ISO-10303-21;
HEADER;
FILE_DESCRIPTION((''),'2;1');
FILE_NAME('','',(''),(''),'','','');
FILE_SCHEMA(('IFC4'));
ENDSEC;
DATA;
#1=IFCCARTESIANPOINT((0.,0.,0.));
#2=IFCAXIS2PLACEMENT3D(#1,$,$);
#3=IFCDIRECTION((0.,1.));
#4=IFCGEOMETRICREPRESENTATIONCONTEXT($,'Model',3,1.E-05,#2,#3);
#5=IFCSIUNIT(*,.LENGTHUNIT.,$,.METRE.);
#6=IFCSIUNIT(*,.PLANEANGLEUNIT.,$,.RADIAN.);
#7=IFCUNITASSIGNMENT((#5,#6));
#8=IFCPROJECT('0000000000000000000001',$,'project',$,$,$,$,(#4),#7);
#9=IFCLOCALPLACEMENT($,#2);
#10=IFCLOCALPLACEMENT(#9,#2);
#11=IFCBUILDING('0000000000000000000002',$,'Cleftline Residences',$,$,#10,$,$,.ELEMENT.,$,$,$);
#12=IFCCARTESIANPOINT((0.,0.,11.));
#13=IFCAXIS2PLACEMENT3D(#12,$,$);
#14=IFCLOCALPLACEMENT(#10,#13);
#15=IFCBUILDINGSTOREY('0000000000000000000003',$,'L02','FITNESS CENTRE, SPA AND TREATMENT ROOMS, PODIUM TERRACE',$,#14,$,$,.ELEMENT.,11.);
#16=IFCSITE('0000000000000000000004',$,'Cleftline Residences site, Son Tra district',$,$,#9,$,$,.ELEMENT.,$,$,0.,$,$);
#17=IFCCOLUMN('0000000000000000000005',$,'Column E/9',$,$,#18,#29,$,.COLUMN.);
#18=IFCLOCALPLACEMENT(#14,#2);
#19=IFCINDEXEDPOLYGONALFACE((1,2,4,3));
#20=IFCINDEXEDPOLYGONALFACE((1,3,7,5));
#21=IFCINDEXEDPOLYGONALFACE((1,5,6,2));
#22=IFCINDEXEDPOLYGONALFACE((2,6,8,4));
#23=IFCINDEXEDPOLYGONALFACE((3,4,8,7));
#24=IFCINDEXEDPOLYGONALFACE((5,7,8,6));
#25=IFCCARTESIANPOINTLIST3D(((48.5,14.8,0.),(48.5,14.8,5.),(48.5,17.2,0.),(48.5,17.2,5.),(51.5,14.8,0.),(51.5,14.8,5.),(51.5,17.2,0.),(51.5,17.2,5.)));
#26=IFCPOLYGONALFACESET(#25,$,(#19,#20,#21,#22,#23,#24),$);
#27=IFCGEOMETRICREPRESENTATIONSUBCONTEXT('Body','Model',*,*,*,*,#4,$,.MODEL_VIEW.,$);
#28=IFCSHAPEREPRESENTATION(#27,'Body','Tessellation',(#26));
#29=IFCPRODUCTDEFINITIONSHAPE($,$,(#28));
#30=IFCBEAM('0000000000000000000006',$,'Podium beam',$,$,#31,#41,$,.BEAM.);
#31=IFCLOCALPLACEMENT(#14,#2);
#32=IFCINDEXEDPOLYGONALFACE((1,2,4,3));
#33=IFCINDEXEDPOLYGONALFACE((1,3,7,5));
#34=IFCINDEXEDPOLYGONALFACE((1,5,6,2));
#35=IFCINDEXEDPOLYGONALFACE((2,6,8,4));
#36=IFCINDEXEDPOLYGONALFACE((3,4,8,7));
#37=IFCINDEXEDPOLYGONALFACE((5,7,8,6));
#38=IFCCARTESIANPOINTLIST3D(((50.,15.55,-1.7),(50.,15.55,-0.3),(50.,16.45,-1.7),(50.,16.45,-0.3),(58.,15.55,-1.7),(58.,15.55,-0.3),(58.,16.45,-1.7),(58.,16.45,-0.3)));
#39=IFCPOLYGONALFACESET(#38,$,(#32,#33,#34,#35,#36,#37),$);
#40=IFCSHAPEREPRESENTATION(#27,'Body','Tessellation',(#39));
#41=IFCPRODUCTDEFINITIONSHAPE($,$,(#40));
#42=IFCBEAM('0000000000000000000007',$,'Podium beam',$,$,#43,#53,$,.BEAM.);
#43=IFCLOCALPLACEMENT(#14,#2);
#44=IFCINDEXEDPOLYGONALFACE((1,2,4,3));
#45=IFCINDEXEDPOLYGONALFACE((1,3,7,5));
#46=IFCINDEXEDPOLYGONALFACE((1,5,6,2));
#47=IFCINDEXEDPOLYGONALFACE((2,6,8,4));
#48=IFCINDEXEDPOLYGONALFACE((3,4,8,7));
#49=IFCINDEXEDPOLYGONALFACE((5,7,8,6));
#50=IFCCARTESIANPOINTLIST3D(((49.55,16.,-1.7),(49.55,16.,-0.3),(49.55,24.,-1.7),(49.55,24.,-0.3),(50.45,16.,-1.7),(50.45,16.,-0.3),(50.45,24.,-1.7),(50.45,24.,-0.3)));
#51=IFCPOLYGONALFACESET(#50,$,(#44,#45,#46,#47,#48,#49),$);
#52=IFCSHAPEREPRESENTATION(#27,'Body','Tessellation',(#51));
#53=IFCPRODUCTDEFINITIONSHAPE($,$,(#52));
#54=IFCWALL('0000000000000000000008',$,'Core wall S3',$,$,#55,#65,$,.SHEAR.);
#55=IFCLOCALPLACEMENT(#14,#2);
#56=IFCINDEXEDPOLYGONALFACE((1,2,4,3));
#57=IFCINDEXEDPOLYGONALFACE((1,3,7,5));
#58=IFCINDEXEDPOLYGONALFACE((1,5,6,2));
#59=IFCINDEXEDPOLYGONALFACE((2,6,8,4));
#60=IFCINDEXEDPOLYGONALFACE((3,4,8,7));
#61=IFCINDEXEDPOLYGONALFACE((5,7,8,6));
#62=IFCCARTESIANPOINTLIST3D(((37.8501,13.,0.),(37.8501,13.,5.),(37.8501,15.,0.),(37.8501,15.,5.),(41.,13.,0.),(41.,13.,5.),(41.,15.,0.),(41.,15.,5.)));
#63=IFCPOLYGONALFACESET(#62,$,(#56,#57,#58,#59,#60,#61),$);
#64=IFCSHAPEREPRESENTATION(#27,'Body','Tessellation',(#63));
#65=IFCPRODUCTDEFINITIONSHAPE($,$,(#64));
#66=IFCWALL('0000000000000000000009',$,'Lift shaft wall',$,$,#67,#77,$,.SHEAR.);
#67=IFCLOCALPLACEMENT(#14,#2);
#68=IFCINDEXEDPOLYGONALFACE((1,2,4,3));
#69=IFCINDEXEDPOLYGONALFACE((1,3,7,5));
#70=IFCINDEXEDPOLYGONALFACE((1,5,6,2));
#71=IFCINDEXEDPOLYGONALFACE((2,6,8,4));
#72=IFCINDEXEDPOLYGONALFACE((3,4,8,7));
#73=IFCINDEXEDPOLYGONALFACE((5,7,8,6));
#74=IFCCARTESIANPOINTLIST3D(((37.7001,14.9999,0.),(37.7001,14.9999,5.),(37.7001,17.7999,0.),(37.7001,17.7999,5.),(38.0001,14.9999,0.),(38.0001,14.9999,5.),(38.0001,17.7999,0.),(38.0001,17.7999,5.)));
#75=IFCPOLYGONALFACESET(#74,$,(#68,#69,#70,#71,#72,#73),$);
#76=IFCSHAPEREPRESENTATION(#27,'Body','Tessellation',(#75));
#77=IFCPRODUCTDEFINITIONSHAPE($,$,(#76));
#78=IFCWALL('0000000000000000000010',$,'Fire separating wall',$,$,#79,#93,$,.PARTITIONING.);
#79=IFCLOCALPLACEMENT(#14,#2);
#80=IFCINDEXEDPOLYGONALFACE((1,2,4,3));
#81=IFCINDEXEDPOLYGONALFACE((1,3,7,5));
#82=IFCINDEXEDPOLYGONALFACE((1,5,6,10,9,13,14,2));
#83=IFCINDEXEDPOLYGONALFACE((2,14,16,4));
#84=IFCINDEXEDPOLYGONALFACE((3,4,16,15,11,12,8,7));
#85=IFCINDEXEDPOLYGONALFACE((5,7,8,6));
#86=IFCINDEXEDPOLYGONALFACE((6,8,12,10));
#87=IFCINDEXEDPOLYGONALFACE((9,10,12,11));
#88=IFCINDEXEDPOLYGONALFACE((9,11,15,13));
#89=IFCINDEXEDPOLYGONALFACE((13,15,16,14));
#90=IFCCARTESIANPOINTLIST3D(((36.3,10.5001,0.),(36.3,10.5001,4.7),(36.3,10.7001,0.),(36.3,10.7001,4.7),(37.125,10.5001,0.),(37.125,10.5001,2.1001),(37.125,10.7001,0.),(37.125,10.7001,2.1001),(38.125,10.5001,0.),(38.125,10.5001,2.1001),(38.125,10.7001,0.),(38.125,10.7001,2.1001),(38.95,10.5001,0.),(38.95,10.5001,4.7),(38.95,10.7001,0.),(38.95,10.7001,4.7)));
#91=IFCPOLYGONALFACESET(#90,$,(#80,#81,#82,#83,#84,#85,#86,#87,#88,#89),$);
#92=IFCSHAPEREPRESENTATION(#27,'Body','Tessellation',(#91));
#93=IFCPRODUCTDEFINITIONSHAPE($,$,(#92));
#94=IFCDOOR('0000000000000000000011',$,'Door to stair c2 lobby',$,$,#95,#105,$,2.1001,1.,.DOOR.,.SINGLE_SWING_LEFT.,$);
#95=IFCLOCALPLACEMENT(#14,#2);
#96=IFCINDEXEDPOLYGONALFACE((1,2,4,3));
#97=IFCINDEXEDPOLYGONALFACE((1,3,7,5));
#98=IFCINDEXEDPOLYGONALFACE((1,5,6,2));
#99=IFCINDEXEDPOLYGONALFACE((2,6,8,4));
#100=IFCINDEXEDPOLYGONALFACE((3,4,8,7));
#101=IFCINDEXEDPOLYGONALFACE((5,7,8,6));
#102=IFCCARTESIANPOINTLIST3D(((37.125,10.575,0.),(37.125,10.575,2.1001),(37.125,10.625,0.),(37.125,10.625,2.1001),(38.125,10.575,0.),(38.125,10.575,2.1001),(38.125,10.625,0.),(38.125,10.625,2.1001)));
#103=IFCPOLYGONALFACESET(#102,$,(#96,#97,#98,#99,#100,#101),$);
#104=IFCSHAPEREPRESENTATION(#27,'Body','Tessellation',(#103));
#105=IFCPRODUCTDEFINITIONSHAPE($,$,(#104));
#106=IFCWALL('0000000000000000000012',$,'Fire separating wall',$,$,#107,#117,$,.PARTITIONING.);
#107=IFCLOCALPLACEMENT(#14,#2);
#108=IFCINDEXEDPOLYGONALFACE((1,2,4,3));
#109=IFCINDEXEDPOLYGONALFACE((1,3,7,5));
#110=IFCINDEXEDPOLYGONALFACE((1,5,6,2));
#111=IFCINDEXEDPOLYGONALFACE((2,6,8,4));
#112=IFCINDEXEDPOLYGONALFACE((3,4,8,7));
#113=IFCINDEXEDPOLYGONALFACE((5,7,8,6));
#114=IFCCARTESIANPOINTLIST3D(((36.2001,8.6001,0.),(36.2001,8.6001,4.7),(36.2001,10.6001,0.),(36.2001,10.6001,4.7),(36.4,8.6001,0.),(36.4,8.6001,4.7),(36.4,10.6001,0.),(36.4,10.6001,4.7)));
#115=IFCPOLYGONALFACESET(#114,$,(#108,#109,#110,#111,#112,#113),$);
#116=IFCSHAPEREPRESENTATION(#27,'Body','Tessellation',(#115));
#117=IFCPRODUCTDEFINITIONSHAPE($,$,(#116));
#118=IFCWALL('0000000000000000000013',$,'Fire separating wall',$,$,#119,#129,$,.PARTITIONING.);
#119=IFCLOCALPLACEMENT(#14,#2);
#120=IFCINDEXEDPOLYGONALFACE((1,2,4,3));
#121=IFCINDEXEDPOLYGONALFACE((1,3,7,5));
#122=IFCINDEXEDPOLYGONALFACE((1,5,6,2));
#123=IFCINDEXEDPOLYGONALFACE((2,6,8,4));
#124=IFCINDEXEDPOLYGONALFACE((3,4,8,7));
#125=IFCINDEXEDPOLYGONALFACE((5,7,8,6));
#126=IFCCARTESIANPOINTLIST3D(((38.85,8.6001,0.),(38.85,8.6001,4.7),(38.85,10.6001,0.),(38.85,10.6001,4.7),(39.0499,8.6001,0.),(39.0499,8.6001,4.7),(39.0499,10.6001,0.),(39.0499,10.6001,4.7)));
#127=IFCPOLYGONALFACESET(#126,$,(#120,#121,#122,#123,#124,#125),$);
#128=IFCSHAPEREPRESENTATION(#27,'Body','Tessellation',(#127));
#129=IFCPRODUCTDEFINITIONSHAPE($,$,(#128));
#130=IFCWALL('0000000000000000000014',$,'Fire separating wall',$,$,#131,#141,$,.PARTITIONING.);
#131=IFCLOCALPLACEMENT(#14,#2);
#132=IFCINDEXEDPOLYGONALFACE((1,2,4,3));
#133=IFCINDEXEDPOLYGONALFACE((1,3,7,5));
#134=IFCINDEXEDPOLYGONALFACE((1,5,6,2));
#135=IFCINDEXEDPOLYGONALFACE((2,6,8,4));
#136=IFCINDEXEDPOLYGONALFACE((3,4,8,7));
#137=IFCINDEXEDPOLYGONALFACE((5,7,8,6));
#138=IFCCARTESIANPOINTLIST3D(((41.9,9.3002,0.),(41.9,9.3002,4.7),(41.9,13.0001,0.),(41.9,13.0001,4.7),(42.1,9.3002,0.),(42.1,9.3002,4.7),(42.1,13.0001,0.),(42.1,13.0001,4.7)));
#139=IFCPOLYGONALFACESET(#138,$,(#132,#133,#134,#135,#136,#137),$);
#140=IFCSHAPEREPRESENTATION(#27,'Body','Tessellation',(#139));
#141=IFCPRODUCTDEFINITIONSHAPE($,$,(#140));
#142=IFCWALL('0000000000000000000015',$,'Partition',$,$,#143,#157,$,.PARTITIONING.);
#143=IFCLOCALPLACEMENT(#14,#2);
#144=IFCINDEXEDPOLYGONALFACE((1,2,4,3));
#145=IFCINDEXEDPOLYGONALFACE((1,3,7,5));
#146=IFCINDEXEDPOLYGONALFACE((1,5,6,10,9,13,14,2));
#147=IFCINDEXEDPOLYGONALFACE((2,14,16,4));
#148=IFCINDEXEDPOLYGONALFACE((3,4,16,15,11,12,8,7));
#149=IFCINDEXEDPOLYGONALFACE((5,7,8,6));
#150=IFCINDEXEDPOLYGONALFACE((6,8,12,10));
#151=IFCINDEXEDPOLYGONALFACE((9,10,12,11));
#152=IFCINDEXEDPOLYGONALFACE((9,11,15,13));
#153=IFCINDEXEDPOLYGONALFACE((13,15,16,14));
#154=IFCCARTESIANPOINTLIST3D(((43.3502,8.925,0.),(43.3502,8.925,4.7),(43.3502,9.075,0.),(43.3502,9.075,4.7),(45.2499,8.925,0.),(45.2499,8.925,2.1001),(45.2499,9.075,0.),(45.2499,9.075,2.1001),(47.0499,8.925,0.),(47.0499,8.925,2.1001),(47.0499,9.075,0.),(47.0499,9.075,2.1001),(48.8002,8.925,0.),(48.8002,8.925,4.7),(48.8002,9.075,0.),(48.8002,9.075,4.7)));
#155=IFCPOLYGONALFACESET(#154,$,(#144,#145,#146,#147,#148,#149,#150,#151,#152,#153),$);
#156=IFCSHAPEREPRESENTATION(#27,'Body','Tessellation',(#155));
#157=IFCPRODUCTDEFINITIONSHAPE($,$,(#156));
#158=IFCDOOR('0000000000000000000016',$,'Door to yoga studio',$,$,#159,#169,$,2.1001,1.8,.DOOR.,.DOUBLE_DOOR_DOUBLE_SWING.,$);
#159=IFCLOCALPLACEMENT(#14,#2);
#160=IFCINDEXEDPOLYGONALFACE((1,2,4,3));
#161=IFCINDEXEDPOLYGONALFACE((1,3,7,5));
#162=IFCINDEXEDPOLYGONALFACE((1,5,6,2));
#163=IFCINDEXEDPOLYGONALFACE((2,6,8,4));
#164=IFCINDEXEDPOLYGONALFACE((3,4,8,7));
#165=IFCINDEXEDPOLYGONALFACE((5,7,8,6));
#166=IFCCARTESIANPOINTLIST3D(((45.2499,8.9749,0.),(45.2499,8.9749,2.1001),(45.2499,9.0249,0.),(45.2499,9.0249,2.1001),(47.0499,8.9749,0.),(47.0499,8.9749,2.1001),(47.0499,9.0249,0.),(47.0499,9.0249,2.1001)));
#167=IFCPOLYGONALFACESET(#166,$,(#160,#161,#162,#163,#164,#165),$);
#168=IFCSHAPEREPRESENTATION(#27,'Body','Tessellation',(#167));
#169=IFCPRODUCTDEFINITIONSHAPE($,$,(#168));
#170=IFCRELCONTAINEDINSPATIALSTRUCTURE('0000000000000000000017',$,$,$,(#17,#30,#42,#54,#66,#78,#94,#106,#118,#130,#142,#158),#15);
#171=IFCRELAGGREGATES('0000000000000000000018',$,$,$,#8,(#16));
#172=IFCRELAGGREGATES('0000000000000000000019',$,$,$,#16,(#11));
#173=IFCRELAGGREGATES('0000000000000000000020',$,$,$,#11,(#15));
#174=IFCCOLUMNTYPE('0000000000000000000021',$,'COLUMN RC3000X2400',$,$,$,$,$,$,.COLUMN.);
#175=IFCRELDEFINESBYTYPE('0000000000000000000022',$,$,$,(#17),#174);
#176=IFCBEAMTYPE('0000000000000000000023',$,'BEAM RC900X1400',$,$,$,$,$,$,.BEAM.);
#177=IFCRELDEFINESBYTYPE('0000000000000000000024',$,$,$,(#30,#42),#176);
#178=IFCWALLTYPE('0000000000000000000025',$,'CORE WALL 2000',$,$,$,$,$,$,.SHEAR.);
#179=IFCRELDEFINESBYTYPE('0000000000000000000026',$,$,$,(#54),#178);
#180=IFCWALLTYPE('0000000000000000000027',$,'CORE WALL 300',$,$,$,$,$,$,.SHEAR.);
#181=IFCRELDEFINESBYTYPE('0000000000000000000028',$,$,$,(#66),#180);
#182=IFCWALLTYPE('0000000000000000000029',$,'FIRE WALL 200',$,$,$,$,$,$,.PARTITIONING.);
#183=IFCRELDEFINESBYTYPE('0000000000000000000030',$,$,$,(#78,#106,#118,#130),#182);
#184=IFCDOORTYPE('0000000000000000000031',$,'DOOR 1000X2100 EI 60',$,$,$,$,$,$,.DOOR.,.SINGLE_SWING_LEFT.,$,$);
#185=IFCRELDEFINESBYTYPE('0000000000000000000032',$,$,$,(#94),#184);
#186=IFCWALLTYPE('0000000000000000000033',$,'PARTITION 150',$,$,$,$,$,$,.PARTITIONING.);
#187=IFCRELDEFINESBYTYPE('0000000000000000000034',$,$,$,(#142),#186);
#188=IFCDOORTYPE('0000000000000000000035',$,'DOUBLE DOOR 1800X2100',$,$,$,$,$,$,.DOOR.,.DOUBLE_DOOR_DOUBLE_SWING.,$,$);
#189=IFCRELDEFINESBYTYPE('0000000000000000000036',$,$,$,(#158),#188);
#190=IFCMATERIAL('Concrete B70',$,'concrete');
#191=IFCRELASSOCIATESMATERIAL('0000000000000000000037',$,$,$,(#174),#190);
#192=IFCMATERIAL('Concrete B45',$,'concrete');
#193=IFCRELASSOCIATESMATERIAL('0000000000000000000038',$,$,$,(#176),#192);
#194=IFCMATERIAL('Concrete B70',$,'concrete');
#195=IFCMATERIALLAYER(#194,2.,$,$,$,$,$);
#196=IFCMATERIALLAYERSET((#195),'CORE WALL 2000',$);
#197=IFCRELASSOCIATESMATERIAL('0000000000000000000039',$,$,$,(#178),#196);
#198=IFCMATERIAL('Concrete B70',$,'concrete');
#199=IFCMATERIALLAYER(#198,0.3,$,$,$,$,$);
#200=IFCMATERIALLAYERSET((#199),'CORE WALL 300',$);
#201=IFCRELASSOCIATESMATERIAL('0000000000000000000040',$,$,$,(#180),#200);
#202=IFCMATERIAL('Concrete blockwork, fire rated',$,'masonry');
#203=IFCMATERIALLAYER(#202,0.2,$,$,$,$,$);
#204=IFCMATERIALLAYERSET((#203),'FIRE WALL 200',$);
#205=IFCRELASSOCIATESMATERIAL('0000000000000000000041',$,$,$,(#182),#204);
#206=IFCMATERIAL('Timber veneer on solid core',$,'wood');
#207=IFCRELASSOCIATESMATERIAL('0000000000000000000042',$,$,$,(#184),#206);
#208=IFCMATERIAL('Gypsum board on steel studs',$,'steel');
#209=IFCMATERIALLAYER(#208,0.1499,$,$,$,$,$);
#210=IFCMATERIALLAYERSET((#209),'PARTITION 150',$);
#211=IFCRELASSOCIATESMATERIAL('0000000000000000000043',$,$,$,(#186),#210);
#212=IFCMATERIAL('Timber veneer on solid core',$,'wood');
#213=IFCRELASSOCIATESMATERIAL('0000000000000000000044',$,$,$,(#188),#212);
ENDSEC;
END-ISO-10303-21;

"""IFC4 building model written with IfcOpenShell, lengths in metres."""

from ifc_helpers import new_model, si_unit, direction, frame, frame_2d, origin, origin_2d, place, context, subcontext, project, spatial, rectangle, extrude, material, layer, layer_set, material_profile, profile_set, type_object, element, fill, save


model = new_model("IFC4")

# Units and contexts
model_context = context("Model", 3, precision=1e-05, world=origin(), true_north=direction((0.0, 1.0)))
body_context = subcontext(model_context, "Body", "Model", "MODEL_VIEW")
ifc_project = project(units=[si_unit("LENGTHUNIT", "METRE"), si_unit("PLANEANGLEUNIT", "RADIAN")], contexts=[model_context])

# Site, building, storey
site_placement = place(None, origin())
site = spatial("IfcSite", under=ifc_project, at=site_placement, Name="Cleftline Residences site, Son Tra district", CompositionType="ELEMENT", RefElevation=0.0)
building_placement = place(site_placement, origin())
building = spatial("IfcBuilding", under=site, at=building_placement, Name="Cleftline Residences", CompositionType="ELEMENT")
storey_placement = place(building_placement, frame((0.0, 0.0, 11.0)))
storey = spatial("IfcBuildingStorey", under=building, at=storey_placement, Name="L02", Description="FITNESS CENTRE, SPA AND TREATMENT ROOMS, PODIUM TERRACE", CompositionType="ELEMENT", Elevation=11.0)

# Column
ifc_material_1 = material(Name="Concrete B70", Category="concrete")
ifc_material_profile_1 = material_profile(ifc_material_1, rectangle(XDim=3.0, YDim=2.3999, at=origin_2d()))
ifc_profile_set_1 = profile_set([ifc_material_profile_1], Name="Concrete B70")
column_type = type_object("IfcColumnType", Name="COLUMN RC3000X2400", PredefinedType="COLUMN", material=ifc_profile_set_1)
column_placement = place(storey_placement, frame((50.0, 16.0, 0.0), z_axis=(0.0, 0.0, 1.0), x_axis=(1.0, 0.0, 0.0)))
element("IfcColumn", 1, at=column_placement, inside=storey, type_object=column_type, Name="Column E/9", PredefinedType="COLUMN", context=body_context, shape_type="SweptSolid", body=[
    extrude(rectangle(XDim=3.0, YDim=2.3999, at=origin_2d()), origin(), (0.0, 0.0, 1.0), 5.0),
])

# Beams
ifc_material_2 = material(Name="Concrete B45", Category="concrete")
ifc_material_profile_2 = material_profile(ifc_material_2, rectangle(XDim=0.8999, YDim=1.3999, at=origin_2d()))
ifc_profile_set_2 = profile_set([ifc_material_profile_2], Name="Concrete B45")
beam_type = type_object("IfcBeamType", Name="BEAM RC900X1400", PredefinedType="BEAM", material=ifc_profile_set_2)
for number, where, z_axis, x_axis, name in (
    (2, (50.0, 16.0, -1.0), (1.0, 0.0, 0.0), (0.0, 1.0, 0.0), "Podium beam"),
    (3, (50.0, 16.0, -1.0), (0.0, 1.0, 0.0), (-1.0, 0.0, 0.0), "Podium beam"),
):
    element("IfcBeam", number, at=place(storey_placement, frame(where, z_axis=z_axis, x_axis=x_axis)), inside=storey, type_object=beam_type, Name=name, PredefinedType="BEAM", context=body_context, shape_type="SweptSolid", body=[
        extrude(rectangle(XDim=0.8999, YDim=1.3999, at=origin_2d()), origin(), (0.0, 0.0, 1.0), 8.0),
    ])

# Walls
ifc_material_3 = material(Name="Concrete B70", Category="concrete")
ifc_layer_1 = layer(ifc_material_3, 2.0)
ifc_layer_set_1 = layer_set([ifc_layer_1], Name="CORE WALL 2000")
wall_type_1 = type_object("IfcWallType", Name="CORE WALL 2000", PredefinedType="SHEAR", material=ifc_layer_set_1)
wall_1_placement = place(storey_placement, frame((37.8501, 14.0, 0.0), z_axis=(0.0, 0.0, 1.0), x_axis=(1.0, 0.0, 0.0)))
element("IfcWall", 4, at=wall_1_placement, inside=storey, type_object=wall_type_1, Name="Core wall S3", PredefinedType="SHEAR", context=body_context, shape_type="SweptSolid", body=[
    extrude(rectangle(XDim=3.1499, YDim=2.0, at=frame_2d((1.575, 0.0))), origin(), (0.0, 0.0, 1.0), 5.0),
])
ifc_material_4 = material(Name="Concrete B70", Category="concrete")
ifc_layer_2 = layer(ifc_material_4, 0.3)
ifc_layer_set_2 = layer_set([ifc_layer_2], Name="CORE WALL 300")
wall_type_2 = type_object("IfcWallType", Name="CORE WALL 300", PredefinedType="SHEAR", material=ifc_layer_set_2)
wall_2_placement = place(storey_placement, frame((37.8501, 15.0, 0.0), z_axis=(0.0, 0.0, 1.0), x_axis=(0.0, 1.0, 0.0)))
element("IfcWall", 5, at=wall_2_placement, inside=storey, type_object=wall_type_2, Name="Lift shaft wall", PredefinedType="SHEAR", context=body_context, shape_type="SweptSolid", body=[
    extrude(rectangle(XDim=2.8, YDim=0.3, at=frame_2d((1.3999, 0.0))), origin(), (0.0, 0.0, 1.0), 5.0),
])

# Wall, opening, door
ifc_material_5 = material(Name="Concrete blockwork, fire rated", Category="masonry")
ifc_layer_3 = layer(ifc_material_5, 0.2)
ifc_layer_set_3 = layer_set([ifc_layer_3], Name="FIRE WALL 200")
wall_type_3 = type_object("IfcWallType", Name="FIRE WALL 200", PredefinedType="PARTITIONING", material=ifc_layer_set_3)
wall_3_placement = place(storey_placement, frame((36.3, 10.6001, 0.0), z_axis=(0.0, 0.0, 1.0), x_axis=(1.0, 0.0, 0.0)))
wall_3 = element("IfcWall", 6, at=wall_3_placement, inside=storey, type_object=wall_type_3, Name="Fire separating wall", PredefinedType="PARTITIONING", context=body_context, shape_type="SweptSolid", body=[
    extrude(rectangle(XDim=2.6499, YDim=0.2, at=frame_2d((1.325, 0.0))), origin(), (0.0, 0.0, 1.0), 4.7),
])
opening_1_placement = place(wall_3_placement, frame((0.825, 0.0, 0.0)))
opening_1 = element("IfcOpeningElement", 7, at=opening_1_placement, cuts=wall_3, PredefinedType="OPENING", context=body_context, shape_type="SweptSolid", body=[
    extrude(rectangle(XDim=1.0, YDim=2.1001, at=frame_2d((0.5, 1.05))), frame((0.0, 0.1099, 0.0), z_axis=(0.0, -1.0, 0.0), x_axis=(1.0, 0.0, 0.0)), (0.0, 0.0, 1.0), 0.22),
])
ifc_material_6 = material(Name="Timber veneer on solid core", Category="wood")
door_type_1 = type_object("IfcDoorType", Name="DOOR 1000X2100 EI 60", OperationType="SINGLE_SWING_LEFT", PredefinedType="DOOR", material=ifc_material_6)
door_1_placement = place(opening_1_placement, origin())
door_1 = element("IfcDoor", 8, at=door_1_placement, inside=storey, type_object=door_type_1, Name="Door to stair c2 lobby", OperationType="SINGLE_SWING_LEFT", OverallHeight=2.1001, OverallWidth=1.0, PredefinedType="DOOR", context=body_context, shape_type="SweptSolid", body=[
    extrude(rectangle(XDim=1.0, YDim=2.1001, at=frame_2d((0.5, 1.05))), frame((0.0, 0.0249, 0.0), z_axis=(0.0, -1.0, 0.0), x_axis=(1.0, 0.0, 0.0)), (0.0, 0.0, 1.0), 0.05),
])
fill(opening_1, door_1)

# Walls
for number, where, z_axis, x_axis, name in (
    (9, (36.3, 8.6001, 0.0), (0.0, 0.0, 1.0), (0.0, 1.0, 0.0), "Fire separating wall"),
    (10, (38.95, 8.6001, 0.0), (0.0, 0.0, 1.0), (0.0, 1.0, 0.0), "Fire separating wall"),
):
    element("IfcWall", number, at=place(storey_placement, frame(where, z_axis=z_axis, x_axis=x_axis)), inside=storey, type_object=wall_type_3, Name=name, PredefinedType="PARTITIONING", context=body_context, shape_type="SweptSolid", body=[
        extrude(rectangle(XDim=2.0, YDim=0.2, at=frame_2d((1.0, 0.0))), origin(), (0.0, 0.0, 1.0), 4.7),
    ])
wall_4_placement = place(storey_placement, frame((42.0, 9.3, 0.0), z_axis=(0.0, 0.0, 1.0), x_axis=(0.0, 1.0, 0.0)))
element("IfcWall", 11, at=wall_4_placement, inside=storey, type_object=wall_type_3, Name="Fire separating wall", PredefinedType="PARTITIONING", context=body_context, shape_type="SweptSolid", body=[
    extrude(rectangle(XDim=3.7, YDim=0.2, at=frame_2d((1.8501, 0.0))), origin(), (0.0, 0.0, 1.0), 4.7),
])

# Wall, opening, door
ifc_material_7 = material(Name="Gypsum board on steel studs", Category="steel")
ifc_layer_4 = layer(ifc_material_7, 0.1499)
ifc_layer_set_4 = layer_set([ifc_layer_4], Name="PARTITION 150")
wall_type_4 = type_object("IfcWallType", Name="PARTITION 150", PredefinedType="PARTITIONING", material=ifc_layer_set_4)
wall_5_placement = place(storey_placement, frame((43.3501, 9.0, 0.0), z_axis=(0.0, 0.0, 1.0), x_axis=(1.0, 0.0, 0.0)))
wall_5 = element("IfcWall", 12, at=wall_5_placement, inside=storey, type_object=wall_type_4, Name="Partition", PredefinedType="PARTITIONING", context=body_context, shape_type="SweptSolid", body=[
    extrude(rectangle(XDim=5.45, YDim=0.1499, at=frame_2d((2.7251, 0.0))), origin(), (0.0, 0.0, 1.0), 4.7),
])
opening_2_placement = place(wall_5_placement, frame((1.8999, 0.0, 0.0)))
opening_2 = element("IfcOpeningElement", 13, at=opening_2_placement, cuts=wall_5, PredefinedType="OPENING", context=body_context, shape_type="SweptSolid", body=[
    extrude(rectangle(XDim=1.8, YDim=2.1001, at=frame_2d((0.8999, 1.05))), frame((0.0, 0.085, 0.0), z_axis=(0.0, -1.0, 0.0), x_axis=(1.0, 0.0, 0.0)), (0.0, 0.0, 1.0), 0.1699),
])
ifc_material_8 = material(Name="Timber veneer on solid core", Category="wood")
door_type_2 = type_object("IfcDoorType", Name="DOUBLE DOOR 1800X2100", OperationType="DOUBLE_DOOR_DOUBLE_SWING", PredefinedType="DOOR", material=ifc_material_8)
door_2_placement = place(opening_2_placement, origin())
door_2 = element("IfcDoor", 14, at=door_2_placement, inside=storey, type_object=door_type_2, Name="Door to yoga studio", OperationType="DOUBLE_DOOR_DOUBLE_SWING", OverallHeight=2.1001, OverallWidth=1.8, PredefinedType="DOOR", context=body_context, shape_type="SweptSolid", body=[
    extrude(rectangle(XDim=1.8, YDim=2.1001, at=frame_2d((0.8999, 1.05))), frame((0.0, 0.0249, 0.0), z_axis=(0.0, -1.0, 0.0), x_axis=(1.0, 0.0, 0.0)), (0.0, 0.0, 1.0), 0.05),
])
fill(opening_2, door_2)

save(model, "model.ifc")
